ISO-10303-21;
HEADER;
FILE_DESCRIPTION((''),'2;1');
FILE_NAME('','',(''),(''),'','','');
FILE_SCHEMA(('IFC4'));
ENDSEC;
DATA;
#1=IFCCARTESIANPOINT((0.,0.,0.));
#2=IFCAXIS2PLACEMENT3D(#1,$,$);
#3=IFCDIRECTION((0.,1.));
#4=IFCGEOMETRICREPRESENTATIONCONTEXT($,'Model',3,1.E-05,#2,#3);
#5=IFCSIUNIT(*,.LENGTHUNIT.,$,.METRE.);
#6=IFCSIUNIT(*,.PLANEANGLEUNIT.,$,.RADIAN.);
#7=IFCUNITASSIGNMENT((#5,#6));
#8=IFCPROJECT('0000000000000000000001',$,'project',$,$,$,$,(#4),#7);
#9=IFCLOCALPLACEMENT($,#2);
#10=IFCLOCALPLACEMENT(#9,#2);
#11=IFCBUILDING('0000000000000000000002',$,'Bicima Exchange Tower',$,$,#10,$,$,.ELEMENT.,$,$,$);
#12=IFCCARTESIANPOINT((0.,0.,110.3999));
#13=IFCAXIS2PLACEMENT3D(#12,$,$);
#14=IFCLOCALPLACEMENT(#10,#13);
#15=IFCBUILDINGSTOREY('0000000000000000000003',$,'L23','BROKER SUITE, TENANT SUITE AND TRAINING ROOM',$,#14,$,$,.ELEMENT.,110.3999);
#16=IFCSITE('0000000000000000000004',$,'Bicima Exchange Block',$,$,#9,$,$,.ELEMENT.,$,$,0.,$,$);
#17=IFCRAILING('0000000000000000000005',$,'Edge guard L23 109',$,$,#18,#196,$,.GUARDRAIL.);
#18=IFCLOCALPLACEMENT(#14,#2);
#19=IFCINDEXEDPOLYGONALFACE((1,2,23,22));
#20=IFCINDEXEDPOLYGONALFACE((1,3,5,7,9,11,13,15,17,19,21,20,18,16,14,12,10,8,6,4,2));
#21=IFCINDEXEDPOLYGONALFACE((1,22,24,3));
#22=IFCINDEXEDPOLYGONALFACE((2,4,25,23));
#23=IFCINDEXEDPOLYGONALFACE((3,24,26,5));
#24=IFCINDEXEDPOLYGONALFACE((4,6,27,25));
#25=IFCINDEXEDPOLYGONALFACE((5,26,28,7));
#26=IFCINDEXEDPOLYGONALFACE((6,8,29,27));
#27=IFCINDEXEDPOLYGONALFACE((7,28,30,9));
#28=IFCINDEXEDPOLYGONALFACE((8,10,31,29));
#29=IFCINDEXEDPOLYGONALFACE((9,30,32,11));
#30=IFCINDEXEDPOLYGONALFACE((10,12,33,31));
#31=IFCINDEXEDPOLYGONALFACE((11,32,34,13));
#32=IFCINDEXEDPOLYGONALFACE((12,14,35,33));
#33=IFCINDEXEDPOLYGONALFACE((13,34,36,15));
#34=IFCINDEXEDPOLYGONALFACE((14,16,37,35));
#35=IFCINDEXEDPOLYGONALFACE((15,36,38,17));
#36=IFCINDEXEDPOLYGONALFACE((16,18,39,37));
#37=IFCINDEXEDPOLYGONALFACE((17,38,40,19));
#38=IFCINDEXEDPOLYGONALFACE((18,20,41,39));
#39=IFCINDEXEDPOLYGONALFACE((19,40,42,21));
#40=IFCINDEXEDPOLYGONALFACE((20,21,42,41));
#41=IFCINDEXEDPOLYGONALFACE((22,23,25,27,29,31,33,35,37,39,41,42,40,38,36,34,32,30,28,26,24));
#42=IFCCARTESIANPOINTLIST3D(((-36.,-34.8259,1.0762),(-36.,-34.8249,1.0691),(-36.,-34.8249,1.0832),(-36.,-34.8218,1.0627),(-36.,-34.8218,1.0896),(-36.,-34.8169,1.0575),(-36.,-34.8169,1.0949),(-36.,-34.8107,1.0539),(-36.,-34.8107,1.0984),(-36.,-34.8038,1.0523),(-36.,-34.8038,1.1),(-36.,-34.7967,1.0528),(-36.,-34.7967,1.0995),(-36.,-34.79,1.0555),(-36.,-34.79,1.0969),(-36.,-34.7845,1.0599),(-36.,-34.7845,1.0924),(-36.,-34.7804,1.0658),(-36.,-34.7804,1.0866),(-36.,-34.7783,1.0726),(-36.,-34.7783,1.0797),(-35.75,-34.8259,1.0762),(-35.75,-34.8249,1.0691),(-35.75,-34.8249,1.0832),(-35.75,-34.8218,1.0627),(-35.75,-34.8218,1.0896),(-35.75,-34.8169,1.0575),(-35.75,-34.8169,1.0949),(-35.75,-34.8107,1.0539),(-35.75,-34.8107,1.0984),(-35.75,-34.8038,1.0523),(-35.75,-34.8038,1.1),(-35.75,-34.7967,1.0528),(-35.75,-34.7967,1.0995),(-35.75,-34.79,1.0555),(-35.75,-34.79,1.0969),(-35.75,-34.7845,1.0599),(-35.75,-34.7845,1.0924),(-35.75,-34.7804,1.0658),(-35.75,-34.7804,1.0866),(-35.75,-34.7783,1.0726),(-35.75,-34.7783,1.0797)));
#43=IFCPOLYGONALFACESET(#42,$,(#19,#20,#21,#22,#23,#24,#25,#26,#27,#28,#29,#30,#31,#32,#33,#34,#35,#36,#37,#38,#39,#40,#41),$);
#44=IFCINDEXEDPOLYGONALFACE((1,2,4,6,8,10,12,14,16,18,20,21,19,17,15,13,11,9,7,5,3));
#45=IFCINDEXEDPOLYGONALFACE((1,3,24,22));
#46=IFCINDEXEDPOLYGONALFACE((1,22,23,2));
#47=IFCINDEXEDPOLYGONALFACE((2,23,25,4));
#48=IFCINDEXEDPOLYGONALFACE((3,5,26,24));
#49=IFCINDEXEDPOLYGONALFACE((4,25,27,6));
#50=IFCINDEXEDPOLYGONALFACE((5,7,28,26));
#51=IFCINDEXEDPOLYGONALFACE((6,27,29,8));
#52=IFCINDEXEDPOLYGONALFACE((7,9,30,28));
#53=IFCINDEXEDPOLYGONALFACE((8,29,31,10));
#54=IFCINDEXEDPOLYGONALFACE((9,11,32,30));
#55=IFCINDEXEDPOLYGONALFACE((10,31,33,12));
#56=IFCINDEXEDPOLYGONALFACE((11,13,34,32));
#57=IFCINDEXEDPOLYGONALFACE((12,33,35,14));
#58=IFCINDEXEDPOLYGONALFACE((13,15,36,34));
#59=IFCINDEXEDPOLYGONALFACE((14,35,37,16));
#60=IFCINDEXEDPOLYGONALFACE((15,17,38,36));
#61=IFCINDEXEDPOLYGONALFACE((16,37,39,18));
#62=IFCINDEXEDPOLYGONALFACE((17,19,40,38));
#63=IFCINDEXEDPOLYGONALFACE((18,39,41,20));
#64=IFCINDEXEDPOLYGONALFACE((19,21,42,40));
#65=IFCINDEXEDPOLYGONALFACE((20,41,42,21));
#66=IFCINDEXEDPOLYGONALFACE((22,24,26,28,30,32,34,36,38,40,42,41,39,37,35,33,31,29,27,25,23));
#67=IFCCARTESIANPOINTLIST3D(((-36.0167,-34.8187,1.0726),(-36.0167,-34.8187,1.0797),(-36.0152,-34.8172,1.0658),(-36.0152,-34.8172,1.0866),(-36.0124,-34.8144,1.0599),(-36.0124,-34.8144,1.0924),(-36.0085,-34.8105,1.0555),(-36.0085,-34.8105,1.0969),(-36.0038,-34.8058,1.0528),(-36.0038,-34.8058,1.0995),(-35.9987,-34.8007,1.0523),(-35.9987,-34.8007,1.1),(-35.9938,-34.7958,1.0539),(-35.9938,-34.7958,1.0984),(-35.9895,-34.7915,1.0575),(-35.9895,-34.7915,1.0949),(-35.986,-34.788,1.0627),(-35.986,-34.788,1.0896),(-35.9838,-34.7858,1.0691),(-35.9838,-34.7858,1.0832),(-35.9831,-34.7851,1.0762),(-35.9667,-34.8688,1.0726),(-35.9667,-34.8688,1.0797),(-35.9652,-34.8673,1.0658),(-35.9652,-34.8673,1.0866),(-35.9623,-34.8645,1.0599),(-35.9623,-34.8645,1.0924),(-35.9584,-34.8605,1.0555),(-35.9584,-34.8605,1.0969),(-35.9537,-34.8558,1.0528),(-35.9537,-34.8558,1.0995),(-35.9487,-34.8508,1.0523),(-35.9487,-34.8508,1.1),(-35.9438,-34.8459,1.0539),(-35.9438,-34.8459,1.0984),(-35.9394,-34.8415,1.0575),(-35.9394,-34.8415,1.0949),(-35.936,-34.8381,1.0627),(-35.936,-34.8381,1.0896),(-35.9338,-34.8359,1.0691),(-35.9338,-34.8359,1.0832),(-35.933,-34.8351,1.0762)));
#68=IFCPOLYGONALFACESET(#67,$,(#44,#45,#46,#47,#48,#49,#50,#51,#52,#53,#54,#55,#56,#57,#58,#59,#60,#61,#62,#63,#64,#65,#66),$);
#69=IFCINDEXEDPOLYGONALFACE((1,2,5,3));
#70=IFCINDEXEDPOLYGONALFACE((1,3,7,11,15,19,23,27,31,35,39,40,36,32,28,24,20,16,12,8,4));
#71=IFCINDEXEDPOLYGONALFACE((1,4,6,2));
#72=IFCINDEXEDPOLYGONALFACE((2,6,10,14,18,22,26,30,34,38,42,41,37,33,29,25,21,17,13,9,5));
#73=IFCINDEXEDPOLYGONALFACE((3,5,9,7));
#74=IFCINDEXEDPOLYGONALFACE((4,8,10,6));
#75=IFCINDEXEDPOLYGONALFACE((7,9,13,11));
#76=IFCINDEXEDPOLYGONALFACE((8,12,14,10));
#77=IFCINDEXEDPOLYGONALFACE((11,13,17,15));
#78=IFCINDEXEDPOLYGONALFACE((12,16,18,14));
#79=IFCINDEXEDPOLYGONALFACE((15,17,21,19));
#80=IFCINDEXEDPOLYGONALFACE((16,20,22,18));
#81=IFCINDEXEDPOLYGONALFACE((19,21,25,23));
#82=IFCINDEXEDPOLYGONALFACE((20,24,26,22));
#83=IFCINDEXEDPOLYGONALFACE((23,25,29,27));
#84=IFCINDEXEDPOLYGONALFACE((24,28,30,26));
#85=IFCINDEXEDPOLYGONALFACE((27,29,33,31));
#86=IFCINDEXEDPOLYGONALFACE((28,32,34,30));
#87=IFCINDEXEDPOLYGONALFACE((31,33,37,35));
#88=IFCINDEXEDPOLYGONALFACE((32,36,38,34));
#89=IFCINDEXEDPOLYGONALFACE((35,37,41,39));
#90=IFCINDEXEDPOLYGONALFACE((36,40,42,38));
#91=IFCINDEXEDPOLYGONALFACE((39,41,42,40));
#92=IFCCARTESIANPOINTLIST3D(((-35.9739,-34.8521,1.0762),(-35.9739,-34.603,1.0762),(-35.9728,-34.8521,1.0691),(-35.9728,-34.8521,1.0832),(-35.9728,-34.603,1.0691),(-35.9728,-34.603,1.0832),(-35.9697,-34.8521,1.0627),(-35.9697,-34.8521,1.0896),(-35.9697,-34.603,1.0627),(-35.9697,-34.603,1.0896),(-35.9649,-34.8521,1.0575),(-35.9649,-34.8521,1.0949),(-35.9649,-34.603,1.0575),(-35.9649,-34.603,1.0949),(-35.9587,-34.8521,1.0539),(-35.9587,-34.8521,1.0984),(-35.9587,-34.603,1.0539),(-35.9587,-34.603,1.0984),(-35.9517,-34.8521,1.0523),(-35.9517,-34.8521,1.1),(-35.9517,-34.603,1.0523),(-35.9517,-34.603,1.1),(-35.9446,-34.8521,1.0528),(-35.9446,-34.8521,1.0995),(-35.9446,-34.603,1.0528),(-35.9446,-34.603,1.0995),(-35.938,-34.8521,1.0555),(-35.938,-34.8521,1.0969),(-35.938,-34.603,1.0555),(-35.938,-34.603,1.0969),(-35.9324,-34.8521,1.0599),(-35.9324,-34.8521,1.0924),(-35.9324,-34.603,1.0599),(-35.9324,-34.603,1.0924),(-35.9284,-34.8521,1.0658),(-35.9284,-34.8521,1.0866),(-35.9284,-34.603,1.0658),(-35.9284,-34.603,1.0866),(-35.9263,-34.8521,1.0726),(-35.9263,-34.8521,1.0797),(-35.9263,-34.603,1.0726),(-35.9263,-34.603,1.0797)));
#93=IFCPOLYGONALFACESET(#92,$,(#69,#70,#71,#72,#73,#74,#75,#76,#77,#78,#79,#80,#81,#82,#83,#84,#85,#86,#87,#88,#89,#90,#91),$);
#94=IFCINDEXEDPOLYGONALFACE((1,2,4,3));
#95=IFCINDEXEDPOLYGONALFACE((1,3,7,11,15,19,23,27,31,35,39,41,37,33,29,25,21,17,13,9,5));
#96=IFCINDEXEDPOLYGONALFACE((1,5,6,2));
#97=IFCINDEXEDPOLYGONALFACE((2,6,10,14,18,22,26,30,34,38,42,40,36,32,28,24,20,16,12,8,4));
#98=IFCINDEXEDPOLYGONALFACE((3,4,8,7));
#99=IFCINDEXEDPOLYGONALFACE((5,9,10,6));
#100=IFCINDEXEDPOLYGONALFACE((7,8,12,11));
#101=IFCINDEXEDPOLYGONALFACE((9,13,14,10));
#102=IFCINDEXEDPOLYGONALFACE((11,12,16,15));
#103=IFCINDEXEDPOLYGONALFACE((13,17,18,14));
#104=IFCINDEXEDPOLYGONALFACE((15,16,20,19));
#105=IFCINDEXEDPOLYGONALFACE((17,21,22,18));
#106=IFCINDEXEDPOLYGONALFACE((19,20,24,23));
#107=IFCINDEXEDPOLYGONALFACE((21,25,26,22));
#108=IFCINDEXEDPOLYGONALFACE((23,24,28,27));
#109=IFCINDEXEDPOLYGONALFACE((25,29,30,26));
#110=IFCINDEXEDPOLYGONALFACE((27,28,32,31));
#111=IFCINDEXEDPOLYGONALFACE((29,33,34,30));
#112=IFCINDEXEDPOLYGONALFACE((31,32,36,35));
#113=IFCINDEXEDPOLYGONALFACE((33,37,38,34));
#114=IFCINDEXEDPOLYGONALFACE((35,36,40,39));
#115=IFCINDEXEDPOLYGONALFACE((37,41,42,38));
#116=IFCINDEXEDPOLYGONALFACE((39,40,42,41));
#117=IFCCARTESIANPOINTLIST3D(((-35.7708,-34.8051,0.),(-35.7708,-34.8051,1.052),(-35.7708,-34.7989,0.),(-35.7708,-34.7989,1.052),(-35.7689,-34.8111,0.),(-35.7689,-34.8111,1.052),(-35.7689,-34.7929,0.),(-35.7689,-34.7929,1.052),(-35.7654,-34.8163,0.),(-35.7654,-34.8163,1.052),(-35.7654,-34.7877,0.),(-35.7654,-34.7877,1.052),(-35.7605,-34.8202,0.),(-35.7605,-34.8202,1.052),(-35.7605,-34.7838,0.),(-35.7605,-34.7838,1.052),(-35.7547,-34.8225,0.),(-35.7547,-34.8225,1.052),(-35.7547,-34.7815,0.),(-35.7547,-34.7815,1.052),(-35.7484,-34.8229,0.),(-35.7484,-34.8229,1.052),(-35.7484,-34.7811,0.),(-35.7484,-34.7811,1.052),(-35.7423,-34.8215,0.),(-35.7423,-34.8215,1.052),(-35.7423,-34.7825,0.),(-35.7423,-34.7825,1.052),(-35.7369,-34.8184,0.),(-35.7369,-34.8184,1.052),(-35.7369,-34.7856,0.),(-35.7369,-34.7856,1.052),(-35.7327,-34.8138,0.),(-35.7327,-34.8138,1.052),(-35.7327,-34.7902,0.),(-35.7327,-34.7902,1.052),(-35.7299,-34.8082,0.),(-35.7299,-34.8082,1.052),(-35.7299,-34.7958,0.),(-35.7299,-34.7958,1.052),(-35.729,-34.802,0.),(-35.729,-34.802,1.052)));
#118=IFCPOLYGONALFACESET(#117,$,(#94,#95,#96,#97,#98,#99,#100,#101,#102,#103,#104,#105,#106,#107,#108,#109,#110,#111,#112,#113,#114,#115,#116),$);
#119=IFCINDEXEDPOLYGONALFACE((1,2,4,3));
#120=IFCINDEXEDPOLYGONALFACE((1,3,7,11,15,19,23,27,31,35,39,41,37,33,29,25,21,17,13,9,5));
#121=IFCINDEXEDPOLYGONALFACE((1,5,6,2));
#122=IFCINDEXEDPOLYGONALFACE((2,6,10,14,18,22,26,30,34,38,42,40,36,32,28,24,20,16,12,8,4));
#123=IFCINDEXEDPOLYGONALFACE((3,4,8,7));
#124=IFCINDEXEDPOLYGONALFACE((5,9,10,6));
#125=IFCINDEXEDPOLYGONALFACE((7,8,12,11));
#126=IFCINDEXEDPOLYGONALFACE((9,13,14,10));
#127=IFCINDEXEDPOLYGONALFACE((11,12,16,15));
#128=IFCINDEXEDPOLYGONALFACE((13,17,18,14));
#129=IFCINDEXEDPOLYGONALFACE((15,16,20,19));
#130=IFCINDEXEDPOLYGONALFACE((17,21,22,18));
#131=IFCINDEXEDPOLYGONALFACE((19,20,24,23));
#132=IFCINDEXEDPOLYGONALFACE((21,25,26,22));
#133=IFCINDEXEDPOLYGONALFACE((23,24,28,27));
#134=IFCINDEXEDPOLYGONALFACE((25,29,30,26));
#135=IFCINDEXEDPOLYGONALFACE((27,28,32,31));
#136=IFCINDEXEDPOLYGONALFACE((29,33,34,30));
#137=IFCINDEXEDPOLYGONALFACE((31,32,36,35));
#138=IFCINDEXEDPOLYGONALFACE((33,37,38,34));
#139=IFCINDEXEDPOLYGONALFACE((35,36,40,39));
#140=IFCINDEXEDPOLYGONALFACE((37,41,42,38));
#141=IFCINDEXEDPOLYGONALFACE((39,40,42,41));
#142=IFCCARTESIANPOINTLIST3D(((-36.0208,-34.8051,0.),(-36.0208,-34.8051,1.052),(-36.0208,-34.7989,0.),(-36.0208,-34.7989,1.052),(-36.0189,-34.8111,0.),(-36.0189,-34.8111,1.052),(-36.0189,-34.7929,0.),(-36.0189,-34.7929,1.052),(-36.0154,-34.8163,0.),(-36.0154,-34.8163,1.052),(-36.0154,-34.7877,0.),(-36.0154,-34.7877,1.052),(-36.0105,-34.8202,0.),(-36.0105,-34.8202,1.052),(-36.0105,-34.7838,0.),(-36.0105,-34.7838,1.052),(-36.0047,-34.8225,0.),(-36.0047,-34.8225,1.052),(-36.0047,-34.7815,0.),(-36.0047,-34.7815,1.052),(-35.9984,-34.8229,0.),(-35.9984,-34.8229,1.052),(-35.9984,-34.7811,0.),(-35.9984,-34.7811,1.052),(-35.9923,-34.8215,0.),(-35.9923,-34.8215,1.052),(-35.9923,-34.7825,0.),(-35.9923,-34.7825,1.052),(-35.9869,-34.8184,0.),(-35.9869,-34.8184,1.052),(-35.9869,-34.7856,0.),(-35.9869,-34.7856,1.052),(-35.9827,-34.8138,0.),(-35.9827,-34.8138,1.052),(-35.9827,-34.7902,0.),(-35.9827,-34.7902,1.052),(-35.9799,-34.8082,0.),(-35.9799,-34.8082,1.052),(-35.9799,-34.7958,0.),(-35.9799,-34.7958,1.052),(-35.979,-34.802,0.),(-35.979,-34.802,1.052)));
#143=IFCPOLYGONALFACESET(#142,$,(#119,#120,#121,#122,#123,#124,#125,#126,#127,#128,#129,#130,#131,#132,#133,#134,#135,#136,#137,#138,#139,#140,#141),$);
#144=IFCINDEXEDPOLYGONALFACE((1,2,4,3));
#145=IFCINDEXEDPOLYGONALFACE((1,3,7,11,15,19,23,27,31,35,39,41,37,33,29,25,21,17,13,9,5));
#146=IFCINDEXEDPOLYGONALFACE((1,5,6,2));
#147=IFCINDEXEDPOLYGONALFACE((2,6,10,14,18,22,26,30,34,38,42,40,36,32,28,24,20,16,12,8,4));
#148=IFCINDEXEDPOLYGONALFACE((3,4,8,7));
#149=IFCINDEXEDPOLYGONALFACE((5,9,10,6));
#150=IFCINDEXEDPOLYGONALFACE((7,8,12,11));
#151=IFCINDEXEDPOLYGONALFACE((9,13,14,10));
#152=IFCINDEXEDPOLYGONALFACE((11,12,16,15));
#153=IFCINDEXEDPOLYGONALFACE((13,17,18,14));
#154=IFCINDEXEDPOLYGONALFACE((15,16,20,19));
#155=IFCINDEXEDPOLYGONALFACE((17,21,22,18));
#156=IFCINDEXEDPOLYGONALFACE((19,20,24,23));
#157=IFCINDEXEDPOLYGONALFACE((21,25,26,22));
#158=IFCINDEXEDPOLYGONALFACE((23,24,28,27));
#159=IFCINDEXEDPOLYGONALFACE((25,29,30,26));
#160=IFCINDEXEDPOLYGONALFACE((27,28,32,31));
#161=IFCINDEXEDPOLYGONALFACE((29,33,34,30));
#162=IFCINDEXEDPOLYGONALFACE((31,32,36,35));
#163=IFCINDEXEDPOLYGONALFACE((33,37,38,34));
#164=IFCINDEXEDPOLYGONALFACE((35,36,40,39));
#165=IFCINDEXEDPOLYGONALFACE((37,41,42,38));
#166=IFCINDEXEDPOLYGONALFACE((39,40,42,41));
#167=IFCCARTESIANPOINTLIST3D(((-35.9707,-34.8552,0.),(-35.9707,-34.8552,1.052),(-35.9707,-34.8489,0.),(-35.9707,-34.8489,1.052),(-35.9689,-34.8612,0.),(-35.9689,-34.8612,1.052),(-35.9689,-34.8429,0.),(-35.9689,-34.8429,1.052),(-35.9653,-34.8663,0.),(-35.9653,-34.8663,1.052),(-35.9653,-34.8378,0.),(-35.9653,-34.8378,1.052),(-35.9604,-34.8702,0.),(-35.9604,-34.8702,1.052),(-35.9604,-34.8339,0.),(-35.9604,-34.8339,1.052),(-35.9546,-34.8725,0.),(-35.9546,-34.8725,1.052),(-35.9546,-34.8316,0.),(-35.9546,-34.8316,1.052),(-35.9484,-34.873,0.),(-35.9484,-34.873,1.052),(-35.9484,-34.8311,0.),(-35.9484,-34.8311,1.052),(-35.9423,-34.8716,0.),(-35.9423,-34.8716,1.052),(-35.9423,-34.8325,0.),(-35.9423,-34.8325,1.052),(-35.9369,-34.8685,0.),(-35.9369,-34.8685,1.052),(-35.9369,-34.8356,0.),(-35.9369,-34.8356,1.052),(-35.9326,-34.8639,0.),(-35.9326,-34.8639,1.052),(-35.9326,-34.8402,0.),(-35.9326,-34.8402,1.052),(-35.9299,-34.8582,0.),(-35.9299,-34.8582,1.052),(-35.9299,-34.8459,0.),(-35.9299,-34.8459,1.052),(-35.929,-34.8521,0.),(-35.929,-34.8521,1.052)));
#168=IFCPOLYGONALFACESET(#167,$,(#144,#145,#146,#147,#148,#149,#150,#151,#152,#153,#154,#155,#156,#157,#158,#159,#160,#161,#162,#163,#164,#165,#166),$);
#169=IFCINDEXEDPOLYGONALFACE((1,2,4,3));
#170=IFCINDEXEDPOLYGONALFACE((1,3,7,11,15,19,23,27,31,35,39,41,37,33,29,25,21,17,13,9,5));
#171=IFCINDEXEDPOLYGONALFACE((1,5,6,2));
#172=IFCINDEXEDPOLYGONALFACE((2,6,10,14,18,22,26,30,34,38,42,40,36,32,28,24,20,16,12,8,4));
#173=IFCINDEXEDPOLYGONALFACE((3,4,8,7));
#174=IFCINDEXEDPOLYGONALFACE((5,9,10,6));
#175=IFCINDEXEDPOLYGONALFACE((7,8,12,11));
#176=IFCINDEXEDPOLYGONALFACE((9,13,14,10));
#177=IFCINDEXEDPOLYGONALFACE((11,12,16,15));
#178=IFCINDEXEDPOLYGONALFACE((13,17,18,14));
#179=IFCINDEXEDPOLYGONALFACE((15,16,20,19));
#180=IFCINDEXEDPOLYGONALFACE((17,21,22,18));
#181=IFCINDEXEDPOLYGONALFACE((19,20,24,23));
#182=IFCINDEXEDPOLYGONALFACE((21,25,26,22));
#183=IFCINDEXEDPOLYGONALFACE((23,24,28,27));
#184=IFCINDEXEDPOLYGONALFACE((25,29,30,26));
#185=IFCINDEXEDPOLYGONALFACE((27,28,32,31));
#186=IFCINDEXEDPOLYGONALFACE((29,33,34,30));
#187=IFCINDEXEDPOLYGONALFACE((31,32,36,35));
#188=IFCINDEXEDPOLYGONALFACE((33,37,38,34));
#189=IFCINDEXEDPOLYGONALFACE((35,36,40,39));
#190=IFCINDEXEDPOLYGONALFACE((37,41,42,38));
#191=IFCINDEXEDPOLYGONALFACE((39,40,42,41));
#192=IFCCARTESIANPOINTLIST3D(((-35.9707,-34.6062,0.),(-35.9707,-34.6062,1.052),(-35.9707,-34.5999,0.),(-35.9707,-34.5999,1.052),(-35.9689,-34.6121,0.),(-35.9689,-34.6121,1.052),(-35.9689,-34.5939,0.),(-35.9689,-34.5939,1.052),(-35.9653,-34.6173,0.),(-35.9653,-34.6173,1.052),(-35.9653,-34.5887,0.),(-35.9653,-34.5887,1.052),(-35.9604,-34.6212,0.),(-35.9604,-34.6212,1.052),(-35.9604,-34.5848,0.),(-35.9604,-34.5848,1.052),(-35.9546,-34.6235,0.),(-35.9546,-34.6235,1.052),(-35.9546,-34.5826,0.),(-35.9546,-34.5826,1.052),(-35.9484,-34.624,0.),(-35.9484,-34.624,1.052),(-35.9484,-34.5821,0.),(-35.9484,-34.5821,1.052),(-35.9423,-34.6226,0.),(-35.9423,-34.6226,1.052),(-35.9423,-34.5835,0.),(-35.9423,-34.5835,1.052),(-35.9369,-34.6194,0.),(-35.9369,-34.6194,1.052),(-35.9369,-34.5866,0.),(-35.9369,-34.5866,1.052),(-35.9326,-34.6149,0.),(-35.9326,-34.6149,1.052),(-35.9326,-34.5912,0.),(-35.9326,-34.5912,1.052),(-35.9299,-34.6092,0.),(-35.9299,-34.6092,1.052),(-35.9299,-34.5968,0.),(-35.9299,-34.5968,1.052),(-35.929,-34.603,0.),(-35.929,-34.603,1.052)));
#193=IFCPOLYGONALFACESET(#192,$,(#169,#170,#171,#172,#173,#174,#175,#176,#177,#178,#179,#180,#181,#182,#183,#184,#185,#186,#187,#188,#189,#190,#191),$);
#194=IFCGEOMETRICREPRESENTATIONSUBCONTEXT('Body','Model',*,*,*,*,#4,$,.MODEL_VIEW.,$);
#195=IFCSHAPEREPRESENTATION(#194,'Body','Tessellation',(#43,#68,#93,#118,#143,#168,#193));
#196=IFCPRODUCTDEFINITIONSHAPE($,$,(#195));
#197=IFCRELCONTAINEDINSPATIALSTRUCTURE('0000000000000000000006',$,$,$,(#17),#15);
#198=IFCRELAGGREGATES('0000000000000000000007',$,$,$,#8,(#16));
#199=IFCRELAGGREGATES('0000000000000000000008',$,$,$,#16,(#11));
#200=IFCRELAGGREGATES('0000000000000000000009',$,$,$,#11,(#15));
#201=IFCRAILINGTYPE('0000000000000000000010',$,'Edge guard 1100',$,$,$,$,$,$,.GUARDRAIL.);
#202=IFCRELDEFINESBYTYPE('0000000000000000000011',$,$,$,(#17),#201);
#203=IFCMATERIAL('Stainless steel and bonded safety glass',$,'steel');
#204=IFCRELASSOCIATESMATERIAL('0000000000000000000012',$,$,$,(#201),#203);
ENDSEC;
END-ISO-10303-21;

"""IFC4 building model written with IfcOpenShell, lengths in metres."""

from ifc_helpers import new_model, si_unit, direction, frame, origin, origin_2d, place, context, subcontext, project, spatial, circle, extrude, material, type_object, element, save


model = new_model("IFC4")

# Units and contexts
model_context = context("Model", 3, precision=1e-05, world=origin(), true_north=direction((0.0, 1.0)))
body_context = subcontext(model_context, "Body", "Model", "MODEL_VIEW")
ifc_project = project(units=[si_unit("LENGTHUNIT", "METRE"), si_unit("PLANEANGLEUNIT", "RADIAN")], contexts=[model_context])

# Site, building, storey
site_placement = place(None, origin())
site = spatial("IfcSite", under=ifc_project, at=site_placement, Name="Bicima Exchange Block", CompositionType="ELEMENT", RefElevation=0.0)
building_placement = place(site_placement, origin())
building = spatial("IfcBuilding", under=site, at=building_placement, Name="Bicima Exchange Tower", CompositionType="ELEMENT")
storey_placement = place(building_placement, frame((0.0, 0.0, 110.3999)))
storey = spatial("IfcBuildingStorey", under=building, at=storey_placement, Name="L23", Description="BROKER SUITE, TENANT SUITE AND TRAINING ROOM", CompositionType="ELEMENT", Elevation=110.3999)

# Railing
ifc_material_1 = material(Name="Stainless steel and bonded safety glass", Category="steel")
railing_type = type_object("IfcRailingType", Name="Edge guard 1100", PredefinedType="GUARDRAIL", material=ifc_material_1)
railing_1_placement = place(storey_placement, frame((-35.75, -34.802, 0.0)))
element("IfcRailing", 1, at=railing_1_placement, inside=storey, type_object=railing_type, Name="Edge guard L23 109", PredefinedType="GUARDRAIL", context=body_context, shape_type="SweptSolid", body=[
    extrude(circle(Radius=0.0239, at=origin_2d()), frame((0.0, 0.0, 1.0762), z_axis=(-1.0, 0.0, 0.0), x_axis=(0.0, -1.0, 0.0)), (0.0, 0.0, 1.0), 0.25),
    extrude(circle(Radius=0.0239, at=origin_2d()), frame((-0.25, 0.0, 1.0762), z_axis=(0.707107, -0.707107, 0.0), x_axis=(0.707107, 0.707107, 0.0)), (0.0, 0.0, 1.0), 0.0708),
    extrude(circle(Radius=0.0239, at=origin_2d()), frame((-0.2, -0.05, 1.0762), z_axis=(0.0, 1.0, 0.0), x_axis=(-1.0, 0.0, 0.0)), (0.0, 0.0, 1.0), 0.249),
    extrude(circle(Radius=0.021, at=origin_2d()), origin(), (0.0, 0.0, 1.0), 1.052),
    extrude(circle(Radius=0.021, at=origin_2d()), frame((-0.25, 0.0, 0.0)), (0.0, 0.0, 1.0), 1.052),
    extrude(circle(Radius=0.021, at=origin_2d()), frame((-0.2, -0.05, 0.0)), (0.0, 0.0, 1.0), 1.052),
    extrude(circle(Radius=0.021, at=origin_2d()), frame((-0.2, 0.199, 0.0)), (0.0, 0.0, 1.0), 1.052),
])

save(model, "model.ifc")
